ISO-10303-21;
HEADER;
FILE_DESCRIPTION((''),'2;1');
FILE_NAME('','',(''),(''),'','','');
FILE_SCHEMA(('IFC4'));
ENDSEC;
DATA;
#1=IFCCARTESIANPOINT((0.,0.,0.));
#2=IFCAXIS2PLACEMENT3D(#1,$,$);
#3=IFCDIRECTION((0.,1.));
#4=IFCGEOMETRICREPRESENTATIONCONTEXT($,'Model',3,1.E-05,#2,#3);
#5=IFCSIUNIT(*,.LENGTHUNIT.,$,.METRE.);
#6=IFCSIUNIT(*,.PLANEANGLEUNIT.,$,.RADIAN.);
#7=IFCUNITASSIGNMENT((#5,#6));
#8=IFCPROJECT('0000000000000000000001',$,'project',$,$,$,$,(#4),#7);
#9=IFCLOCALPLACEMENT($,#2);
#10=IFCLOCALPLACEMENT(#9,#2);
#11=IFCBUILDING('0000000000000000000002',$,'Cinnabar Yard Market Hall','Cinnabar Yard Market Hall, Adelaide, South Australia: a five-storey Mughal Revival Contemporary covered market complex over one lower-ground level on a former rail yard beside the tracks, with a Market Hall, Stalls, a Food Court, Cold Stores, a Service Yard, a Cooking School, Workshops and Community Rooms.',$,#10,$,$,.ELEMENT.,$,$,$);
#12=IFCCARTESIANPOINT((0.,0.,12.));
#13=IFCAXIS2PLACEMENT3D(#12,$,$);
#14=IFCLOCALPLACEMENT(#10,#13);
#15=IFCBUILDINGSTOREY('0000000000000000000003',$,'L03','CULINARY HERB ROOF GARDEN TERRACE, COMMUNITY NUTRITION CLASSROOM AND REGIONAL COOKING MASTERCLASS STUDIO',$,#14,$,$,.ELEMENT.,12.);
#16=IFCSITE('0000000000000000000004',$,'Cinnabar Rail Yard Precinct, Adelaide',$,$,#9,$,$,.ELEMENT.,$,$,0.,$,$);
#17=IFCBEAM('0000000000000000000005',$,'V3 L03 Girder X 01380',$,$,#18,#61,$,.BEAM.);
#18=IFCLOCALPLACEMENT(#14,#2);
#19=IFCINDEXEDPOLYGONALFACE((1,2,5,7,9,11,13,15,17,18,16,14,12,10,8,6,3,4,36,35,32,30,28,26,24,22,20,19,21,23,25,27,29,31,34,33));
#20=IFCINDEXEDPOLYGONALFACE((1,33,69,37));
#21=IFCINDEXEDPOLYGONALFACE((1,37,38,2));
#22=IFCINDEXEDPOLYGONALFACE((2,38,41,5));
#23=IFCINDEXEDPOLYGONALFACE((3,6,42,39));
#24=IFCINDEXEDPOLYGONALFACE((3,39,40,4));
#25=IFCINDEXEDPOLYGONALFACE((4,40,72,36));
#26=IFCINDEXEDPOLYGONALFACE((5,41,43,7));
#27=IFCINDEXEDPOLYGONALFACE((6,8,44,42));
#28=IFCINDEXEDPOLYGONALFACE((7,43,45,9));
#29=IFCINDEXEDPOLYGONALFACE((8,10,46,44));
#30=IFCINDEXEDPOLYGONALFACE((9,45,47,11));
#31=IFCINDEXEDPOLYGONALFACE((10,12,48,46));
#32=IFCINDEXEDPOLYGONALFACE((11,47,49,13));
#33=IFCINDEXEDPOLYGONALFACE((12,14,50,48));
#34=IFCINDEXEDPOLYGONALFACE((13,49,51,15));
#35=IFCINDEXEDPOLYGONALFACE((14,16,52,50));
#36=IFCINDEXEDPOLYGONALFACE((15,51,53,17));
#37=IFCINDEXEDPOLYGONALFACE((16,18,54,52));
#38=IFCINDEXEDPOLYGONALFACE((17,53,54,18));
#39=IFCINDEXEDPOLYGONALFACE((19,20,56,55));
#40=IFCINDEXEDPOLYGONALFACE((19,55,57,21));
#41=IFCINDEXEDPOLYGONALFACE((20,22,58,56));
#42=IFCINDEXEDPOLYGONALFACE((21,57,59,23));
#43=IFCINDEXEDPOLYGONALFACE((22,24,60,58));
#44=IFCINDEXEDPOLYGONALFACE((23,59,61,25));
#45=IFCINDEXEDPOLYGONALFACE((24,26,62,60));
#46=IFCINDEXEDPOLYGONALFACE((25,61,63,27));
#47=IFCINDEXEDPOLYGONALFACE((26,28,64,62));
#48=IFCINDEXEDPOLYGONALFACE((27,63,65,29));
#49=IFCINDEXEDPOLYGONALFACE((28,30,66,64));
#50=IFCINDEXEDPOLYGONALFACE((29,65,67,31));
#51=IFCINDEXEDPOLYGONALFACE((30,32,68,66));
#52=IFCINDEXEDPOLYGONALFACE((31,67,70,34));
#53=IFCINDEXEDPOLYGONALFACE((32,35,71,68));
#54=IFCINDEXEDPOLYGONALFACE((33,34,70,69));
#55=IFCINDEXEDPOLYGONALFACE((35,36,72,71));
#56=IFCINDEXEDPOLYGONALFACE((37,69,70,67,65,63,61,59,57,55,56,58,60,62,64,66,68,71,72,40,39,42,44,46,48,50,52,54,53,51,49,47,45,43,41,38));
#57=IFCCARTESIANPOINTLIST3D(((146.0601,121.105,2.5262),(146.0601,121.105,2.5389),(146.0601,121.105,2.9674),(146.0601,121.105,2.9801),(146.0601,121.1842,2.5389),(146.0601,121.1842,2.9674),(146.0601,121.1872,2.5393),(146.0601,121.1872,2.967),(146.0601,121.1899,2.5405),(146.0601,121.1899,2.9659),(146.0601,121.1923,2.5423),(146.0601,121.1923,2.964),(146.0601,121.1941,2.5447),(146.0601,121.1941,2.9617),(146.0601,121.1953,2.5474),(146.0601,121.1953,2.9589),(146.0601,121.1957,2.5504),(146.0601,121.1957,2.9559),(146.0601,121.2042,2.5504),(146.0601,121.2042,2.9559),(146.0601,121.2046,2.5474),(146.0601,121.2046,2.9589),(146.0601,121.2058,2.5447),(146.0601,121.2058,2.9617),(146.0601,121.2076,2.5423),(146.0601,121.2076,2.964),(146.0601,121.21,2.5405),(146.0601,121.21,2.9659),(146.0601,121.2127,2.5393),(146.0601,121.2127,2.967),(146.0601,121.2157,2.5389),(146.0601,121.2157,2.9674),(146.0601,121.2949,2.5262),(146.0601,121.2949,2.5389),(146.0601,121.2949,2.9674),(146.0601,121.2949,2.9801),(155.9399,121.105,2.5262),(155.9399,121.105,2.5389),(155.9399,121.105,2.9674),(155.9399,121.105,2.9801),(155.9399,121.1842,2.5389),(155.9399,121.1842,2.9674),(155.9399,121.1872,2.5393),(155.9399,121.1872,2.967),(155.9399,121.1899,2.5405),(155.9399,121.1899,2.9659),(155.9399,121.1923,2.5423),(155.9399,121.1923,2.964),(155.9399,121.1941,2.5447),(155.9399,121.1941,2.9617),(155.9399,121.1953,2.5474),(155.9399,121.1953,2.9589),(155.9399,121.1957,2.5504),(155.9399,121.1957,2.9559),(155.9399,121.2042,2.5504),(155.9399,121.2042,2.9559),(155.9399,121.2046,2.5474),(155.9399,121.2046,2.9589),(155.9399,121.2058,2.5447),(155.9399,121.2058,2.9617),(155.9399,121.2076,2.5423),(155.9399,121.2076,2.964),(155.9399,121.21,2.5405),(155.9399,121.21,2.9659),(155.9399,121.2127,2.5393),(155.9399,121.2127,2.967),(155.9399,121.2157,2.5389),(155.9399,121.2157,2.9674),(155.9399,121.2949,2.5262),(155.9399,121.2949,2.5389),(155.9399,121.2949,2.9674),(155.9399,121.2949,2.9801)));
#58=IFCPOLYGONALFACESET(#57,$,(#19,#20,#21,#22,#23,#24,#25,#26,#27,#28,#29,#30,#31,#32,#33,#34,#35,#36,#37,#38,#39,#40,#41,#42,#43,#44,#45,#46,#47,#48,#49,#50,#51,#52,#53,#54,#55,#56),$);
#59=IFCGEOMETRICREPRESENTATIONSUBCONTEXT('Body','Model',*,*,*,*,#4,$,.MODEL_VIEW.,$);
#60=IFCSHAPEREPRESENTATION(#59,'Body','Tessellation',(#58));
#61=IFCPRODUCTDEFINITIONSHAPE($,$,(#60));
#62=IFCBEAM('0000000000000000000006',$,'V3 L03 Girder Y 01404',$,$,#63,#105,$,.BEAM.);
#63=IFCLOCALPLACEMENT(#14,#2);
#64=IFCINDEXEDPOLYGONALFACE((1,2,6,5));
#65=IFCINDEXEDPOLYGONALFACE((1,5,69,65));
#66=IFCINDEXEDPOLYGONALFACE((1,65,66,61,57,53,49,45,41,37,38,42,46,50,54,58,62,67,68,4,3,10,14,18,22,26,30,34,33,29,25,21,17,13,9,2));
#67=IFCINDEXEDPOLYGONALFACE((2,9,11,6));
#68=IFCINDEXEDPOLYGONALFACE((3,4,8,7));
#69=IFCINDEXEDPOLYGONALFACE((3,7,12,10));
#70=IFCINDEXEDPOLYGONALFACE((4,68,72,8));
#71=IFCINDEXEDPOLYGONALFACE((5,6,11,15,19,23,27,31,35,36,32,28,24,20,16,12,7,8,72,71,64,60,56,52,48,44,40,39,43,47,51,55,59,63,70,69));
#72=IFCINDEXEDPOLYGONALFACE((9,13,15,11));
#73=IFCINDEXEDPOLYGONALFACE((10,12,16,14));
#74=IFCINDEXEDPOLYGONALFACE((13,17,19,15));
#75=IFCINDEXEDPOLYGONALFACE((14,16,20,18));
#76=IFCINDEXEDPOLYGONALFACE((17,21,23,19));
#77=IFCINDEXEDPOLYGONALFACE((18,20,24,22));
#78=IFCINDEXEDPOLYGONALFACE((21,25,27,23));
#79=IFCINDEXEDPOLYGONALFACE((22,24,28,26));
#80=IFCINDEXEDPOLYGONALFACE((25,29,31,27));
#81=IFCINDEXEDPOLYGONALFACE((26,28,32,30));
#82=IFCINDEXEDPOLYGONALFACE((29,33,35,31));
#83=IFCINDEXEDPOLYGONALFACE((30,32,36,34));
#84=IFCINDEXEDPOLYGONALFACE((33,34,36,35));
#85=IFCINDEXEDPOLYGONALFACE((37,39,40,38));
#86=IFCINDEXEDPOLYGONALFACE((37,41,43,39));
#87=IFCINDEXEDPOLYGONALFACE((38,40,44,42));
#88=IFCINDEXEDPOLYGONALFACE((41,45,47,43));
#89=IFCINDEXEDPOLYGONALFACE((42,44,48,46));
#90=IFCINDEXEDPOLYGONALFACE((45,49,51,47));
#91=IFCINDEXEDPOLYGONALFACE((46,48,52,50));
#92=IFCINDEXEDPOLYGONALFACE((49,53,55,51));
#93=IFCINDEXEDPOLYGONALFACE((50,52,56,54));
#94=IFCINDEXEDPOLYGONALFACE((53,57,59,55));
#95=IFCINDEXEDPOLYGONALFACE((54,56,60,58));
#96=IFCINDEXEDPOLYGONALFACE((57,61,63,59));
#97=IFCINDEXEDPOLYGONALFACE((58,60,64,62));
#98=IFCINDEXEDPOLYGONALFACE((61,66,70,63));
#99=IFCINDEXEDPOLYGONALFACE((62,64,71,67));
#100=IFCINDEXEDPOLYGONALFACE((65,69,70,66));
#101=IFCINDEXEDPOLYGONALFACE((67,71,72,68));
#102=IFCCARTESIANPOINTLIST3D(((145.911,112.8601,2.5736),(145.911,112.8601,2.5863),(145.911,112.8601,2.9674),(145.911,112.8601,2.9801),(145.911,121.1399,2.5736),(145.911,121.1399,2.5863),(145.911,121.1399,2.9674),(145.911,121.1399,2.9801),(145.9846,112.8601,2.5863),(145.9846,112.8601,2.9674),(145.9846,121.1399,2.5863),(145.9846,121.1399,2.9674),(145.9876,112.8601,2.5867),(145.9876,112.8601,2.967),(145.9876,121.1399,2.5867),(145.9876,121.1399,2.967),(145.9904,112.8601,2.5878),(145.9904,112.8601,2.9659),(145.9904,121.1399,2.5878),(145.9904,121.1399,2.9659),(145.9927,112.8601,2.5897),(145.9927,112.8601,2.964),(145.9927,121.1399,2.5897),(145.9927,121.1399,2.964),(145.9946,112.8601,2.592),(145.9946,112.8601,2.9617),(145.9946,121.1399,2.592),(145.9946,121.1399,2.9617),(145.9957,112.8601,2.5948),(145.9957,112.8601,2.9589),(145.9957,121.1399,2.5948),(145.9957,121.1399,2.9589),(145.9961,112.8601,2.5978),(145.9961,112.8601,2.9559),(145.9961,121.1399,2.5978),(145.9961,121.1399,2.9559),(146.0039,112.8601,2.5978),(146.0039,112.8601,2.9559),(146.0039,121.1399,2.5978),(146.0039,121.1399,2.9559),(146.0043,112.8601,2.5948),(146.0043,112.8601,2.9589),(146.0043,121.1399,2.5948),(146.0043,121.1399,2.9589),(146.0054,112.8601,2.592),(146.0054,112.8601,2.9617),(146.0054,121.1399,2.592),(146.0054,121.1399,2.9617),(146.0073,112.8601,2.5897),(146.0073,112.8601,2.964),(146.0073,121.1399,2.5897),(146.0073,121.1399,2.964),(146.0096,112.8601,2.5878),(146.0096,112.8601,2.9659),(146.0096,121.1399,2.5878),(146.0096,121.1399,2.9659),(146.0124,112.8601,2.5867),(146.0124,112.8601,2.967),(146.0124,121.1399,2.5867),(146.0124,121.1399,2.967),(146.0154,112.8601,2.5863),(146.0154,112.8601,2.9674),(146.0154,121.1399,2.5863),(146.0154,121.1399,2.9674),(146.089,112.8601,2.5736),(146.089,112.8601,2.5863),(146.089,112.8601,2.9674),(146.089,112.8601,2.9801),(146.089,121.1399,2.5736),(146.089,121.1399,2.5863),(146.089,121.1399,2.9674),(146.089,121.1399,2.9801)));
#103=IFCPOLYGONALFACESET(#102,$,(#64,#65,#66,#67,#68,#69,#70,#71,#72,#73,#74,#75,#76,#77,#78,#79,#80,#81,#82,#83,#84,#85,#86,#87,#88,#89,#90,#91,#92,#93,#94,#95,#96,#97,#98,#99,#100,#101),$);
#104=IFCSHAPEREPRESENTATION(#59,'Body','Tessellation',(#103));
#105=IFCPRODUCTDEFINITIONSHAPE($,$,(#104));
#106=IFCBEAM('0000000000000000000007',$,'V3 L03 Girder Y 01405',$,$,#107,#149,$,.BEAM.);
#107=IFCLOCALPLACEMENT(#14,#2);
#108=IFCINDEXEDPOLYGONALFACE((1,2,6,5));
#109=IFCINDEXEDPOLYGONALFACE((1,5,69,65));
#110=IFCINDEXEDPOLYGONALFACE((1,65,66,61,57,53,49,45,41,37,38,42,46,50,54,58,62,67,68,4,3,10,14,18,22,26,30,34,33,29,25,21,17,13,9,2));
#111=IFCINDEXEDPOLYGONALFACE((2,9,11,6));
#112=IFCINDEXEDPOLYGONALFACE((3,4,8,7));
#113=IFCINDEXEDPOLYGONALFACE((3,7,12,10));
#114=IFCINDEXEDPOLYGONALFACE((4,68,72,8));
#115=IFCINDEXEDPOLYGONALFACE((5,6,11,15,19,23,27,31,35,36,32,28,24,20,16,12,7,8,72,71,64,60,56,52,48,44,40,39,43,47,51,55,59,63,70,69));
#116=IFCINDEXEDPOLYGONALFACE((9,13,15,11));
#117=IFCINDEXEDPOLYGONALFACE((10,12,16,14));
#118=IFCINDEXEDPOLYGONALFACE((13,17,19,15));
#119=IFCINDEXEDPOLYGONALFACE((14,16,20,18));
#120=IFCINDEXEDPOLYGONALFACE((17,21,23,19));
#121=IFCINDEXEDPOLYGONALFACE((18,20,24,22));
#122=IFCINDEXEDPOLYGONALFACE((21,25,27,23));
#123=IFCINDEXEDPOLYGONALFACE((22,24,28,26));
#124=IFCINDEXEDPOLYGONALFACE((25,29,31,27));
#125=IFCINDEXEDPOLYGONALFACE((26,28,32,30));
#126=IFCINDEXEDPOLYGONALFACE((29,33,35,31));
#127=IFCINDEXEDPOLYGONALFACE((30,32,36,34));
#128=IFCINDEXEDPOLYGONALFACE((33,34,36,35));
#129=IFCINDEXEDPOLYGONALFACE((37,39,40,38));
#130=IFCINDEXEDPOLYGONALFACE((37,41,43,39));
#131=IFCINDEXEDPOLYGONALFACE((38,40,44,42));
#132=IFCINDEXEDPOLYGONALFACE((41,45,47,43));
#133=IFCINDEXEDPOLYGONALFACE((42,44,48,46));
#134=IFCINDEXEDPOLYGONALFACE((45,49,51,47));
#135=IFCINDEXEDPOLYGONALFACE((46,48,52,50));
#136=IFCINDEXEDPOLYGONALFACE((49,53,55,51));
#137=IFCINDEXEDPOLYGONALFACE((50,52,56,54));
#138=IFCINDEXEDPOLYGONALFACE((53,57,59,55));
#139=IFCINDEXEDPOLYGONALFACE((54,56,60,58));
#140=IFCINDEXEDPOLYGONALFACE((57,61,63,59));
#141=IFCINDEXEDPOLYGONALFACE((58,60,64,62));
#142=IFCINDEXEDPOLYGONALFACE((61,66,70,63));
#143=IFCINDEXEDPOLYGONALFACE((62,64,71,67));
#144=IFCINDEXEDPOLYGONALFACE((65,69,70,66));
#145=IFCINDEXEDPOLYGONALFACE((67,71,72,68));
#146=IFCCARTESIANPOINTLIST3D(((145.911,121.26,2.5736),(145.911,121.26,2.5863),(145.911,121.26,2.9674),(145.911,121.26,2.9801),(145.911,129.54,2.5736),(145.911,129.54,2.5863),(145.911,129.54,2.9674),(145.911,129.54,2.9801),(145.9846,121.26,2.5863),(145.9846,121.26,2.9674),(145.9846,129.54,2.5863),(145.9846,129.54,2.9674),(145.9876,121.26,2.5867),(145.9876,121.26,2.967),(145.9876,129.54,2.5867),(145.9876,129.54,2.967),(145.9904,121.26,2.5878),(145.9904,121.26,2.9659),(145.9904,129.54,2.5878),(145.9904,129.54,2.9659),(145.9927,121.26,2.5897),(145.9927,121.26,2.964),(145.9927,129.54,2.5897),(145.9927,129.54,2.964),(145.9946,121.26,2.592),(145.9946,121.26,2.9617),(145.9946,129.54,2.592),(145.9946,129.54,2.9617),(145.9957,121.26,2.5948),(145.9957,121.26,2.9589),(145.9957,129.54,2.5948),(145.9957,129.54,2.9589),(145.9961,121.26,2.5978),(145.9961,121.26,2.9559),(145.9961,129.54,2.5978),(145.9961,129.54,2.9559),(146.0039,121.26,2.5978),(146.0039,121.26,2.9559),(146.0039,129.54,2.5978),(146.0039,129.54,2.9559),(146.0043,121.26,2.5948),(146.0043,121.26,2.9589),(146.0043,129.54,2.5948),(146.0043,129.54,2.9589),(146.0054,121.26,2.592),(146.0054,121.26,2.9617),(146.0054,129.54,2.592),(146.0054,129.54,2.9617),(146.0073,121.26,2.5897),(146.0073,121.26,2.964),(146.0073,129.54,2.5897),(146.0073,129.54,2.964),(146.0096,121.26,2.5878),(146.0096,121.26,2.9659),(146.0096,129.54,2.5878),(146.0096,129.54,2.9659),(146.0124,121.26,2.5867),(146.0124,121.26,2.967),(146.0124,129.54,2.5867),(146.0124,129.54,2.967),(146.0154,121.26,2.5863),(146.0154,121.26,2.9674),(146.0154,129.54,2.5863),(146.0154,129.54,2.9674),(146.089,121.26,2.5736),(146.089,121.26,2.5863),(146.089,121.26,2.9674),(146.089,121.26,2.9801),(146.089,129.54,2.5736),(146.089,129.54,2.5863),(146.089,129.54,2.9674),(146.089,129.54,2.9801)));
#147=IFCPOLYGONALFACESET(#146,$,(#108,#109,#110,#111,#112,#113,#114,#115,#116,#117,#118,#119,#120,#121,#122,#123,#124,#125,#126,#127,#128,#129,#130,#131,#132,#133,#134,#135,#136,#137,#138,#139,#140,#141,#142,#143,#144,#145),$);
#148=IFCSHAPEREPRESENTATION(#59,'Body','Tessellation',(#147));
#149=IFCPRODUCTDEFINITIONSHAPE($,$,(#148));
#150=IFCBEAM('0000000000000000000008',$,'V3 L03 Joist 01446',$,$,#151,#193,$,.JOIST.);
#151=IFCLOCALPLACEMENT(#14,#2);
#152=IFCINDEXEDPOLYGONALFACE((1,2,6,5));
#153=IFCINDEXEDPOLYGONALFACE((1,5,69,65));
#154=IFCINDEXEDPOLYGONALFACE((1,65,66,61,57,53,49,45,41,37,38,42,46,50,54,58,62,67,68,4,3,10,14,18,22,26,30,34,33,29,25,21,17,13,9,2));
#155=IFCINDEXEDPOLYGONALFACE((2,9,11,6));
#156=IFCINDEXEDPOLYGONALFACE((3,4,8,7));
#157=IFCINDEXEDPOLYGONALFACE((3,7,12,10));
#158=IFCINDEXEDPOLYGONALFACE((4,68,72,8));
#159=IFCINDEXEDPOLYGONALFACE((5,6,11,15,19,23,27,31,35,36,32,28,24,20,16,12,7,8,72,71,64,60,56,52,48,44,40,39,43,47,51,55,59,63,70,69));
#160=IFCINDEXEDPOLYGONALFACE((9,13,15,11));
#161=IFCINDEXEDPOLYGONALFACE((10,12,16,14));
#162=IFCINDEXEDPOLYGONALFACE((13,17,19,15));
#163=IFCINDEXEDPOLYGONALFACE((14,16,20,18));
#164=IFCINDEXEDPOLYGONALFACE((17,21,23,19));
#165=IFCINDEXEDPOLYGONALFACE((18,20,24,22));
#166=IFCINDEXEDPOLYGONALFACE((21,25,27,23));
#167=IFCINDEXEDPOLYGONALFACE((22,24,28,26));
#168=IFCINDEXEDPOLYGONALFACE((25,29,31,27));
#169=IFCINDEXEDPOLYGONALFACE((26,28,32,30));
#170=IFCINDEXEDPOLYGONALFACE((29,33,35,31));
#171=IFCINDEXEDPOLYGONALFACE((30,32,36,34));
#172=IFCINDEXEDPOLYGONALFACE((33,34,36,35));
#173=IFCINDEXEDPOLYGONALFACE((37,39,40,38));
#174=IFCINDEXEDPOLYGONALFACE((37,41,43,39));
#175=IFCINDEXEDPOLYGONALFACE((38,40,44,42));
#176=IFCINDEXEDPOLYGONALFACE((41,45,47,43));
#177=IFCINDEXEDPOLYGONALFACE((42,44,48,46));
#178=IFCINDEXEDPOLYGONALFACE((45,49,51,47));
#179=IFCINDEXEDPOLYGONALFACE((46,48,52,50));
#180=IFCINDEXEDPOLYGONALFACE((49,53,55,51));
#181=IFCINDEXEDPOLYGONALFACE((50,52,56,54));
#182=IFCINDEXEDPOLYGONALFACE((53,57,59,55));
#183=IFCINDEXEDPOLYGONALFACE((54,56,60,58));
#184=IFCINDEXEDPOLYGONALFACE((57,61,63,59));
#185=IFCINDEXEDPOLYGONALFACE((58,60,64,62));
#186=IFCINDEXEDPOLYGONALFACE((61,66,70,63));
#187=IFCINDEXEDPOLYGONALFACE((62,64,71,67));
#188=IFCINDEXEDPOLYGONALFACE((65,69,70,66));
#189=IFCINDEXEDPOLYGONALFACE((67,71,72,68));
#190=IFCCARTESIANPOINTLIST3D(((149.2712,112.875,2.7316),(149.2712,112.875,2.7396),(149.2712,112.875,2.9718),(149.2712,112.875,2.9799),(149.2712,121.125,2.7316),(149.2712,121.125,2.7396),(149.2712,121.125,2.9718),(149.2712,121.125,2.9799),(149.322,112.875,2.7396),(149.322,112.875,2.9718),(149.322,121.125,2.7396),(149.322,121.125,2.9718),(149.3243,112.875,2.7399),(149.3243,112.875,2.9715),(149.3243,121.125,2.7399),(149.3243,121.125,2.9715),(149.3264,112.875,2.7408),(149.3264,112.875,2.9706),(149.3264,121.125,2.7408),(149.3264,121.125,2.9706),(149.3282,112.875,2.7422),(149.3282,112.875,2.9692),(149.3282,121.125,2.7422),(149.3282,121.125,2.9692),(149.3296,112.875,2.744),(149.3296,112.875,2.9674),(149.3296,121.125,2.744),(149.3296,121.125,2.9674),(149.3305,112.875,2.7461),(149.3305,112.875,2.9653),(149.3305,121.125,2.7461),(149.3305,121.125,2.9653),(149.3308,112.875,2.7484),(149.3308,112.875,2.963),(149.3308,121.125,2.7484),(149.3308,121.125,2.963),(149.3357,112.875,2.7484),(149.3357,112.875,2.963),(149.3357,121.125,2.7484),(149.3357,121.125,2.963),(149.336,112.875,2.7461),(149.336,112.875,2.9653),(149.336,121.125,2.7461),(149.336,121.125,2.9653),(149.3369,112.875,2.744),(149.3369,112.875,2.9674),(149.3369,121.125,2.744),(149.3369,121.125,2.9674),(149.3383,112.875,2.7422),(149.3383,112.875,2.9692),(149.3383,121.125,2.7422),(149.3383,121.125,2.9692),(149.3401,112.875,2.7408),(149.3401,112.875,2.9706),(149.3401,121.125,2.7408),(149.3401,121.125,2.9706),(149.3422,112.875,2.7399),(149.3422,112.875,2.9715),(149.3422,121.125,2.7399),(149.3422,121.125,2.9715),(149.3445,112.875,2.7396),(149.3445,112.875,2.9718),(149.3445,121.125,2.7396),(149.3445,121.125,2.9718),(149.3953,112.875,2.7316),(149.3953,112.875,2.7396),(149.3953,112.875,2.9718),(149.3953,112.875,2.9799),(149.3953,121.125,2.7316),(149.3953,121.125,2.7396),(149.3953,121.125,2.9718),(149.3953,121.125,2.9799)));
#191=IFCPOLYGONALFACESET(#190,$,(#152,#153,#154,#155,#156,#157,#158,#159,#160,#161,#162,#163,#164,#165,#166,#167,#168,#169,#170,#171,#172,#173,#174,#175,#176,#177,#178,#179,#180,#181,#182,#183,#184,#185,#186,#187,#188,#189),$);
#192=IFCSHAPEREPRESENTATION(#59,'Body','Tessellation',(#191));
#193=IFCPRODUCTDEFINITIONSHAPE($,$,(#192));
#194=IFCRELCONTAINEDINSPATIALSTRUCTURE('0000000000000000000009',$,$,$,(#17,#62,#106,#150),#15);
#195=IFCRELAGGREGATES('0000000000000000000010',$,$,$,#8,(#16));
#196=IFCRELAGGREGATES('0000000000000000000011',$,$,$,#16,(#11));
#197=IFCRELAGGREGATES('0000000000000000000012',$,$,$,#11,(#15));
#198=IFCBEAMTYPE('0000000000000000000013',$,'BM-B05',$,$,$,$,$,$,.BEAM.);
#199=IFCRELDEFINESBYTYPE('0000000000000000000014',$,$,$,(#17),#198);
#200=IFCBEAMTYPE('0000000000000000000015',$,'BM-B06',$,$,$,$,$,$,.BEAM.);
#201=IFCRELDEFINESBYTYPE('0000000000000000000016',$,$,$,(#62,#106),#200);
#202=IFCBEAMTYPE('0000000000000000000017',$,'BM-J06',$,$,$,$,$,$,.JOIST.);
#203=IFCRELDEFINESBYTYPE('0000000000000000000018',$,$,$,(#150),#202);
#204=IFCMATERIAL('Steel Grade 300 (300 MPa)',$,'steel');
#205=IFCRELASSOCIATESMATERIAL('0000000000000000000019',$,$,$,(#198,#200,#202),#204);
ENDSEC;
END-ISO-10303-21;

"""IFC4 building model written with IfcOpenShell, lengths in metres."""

from ifc_helpers import new_model, si_unit, direction, frame, origin, origin_2d_with_axis, place, context, subcontext, project, spatial, i_section, extrude, material, material_profile, profile_set, type_object, element, save


model = new_model("IFC4")

# Units and contexts
model_context = context("Model", 3, precision=1e-05, world=origin(), true_north=direction((0.0, 1.0)))
body_context = subcontext(model_context, "Body", "Model", "MODEL_VIEW")
ifc_project = project(units=[si_unit("LENGTHUNIT", "METRE"), si_unit("PLANEANGLEUNIT", "RADIAN")], contexts=[model_context])

# Site, building, storey
site_placement = place(None, origin())
site = spatial("IfcSite", under=ifc_project, at=site_placement, Name="Cinnabar Rail Yard Precinct, Adelaide", CompositionType="ELEMENT", RefElevation=0.0)
building_placement = place(site_placement, origin())
building = spatial("IfcBuilding", under=site, at=building_placement, Name="Cinnabar Yard Market Hall", Description="Cinnabar Yard Market Hall, Adelaide, South Australia: a five-storey Mughal Revival Contemporary covered market complex over one lower-ground level on a former rail yard beside the tracks, with a Market Hall, Stalls, a Food Court, Cold Stores, a Service Yard, a Cooking School, Workshops and Community Rooms.", CompositionType="ELEMENT")
storey_placement = place(building_placement, frame((0.0, 0.0, 12.0)))
storey = spatial("IfcBuildingStorey", under=building, at=storey_placement, Name="L03", Description="CULINARY HERB ROOF GARDEN TERRACE, COMMUNITY NUTRITION CLASSROOM AND REGIONAL COOKING MASTERCLASS STUDIO", CompositionType="ELEMENT", Elevation=12.0)

# Shared definitions
ifc_material_1 = material(Name="Steel Grade 300 (300 MPa)", Category="steel")

# Beams
ifc_material_profile_1 = material_profile(ifc_material_1, i_section(OverallWidth=0.1899, OverallDepth=0.4539, WebThickness=0.0085, FlangeThickness=0.0127, FilletRadius=0.0115, at=origin_2d_with_axis()), Name="460UB67.1")
ifc_profile_set_1 = profile_set([ifc_material_profile_1], Name="Steel Grade 300 (300 MPa)")
beam_type_1 = type_object("IfcBeamType", Name="BM-B05", PredefinedType="BEAM", material=ifc_profile_set_1)
beam_1_placement = place(storey_placement, frame((146.0601, 121.2, 2.7532), z_axis=(1.0, 0.0, 0.0), x_axis=(0.0, 1.0, 0.0)))
element("IfcBeam", 1, at=beam_1_placement, inside=storey, type_object=beam_type_1, Name="V3 L03 Girder X 01380", PredefinedType="BEAM", context=body_context, shape_type="SweptSolid", body=[
    extrude(i_section(OverallWidth=0.1899, OverallDepth=0.4539, WebThickness=0.0085, FlangeThickness=0.0127, FilletRadius=0.0115, at=origin_2d_with_axis()), origin(), (0.0, 0.0, 1.0), 9.8799),
])
ifc_material_profile_2 = material_profile(ifc_material_1, i_section(OverallWidth=0.178, OverallDepth=0.4065, WebThickness=0.0078, FlangeThickness=0.0127, FilletRadius=0.0115, at=origin_2d_with_axis()), Name="410UB59.7")
ifc_profile_set_2 = profile_set([ifc_material_profile_2], Name="Steel Grade 300 (300 MPa)")
beam_type_2 = type_object("IfcBeamType", Name="BM-B06", PredefinedType="BEAM", material=ifc_profile_set_2)
beam_2_placement = place(storey_placement, frame((146.0, 112.8601, 2.7769), z_axis=(0.0, 1.0, 0.0), x_axis=(-1.0, 0.0, 0.0)))
element("IfcBeam", 2, at=beam_2_placement, inside=storey, type_object=beam_type_2, Name="V3 L03 Girder Y 01404", PredefinedType="BEAM", context=body_context, shape_type="SweptSolid", body=[
    extrude(i_section(OverallWidth=0.178, OverallDepth=0.4065, WebThickness=0.0078, FlangeThickness=0.0127, FilletRadius=0.0115, at=origin_2d_with_axis()), origin(), (0.0, 0.0, 1.0), 8.2798),
])
beam_3_placement = place(storey_placement, frame((146.0, 121.26, 2.7769), z_axis=(0.0, 1.0, 0.0), x_axis=(-1.0, 0.0, 0.0)))
element("IfcBeam", 3, at=beam_3_placement, inside=storey, type_object=beam_type_2, Name="V3 L03 Girder Y 01405", PredefinedType="BEAM", context=body_context, shape_type="SweptSolid", body=[
    extrude(i_section(OverallWidth=0.178, OverallDepth=0.4065, WebThickness=0.0078, FlangeThickness=0.0127, FilletRadius=0.0115, at=origin_2d_with_axis()), origin(), (0.0, 0.0, 1.0), 8.28),
])
ifc_material_profile_3 = material_profile(ifc_material_1, i_section(OverallWidth=0.124, OverallDepth=0.2483, WebThickness=0.0049, FlangeThickness=0.0081, FilletRadius=0.0088, at=origin_2d_with_axis()), Name="250UB25.7")
ifc_profile_set_3 = profile_set([ifc_material_profile_3], Name="Steel Grade 300 (300 MPa)")
beam_type_3 = type_object("IfcBeamType", Name="BM-J06", PredefinedType="JOIST", material=ifc_profile_set_3)
for number, where, z_axis, x_axis, name in (
    (4, (149.3333, 112.875, 2.8557), (0.0, 1.0, 0.0), (-1.0, 0.0, 0.0), "V3 L03 Joist 01446"),
):
    element("IfcBeam", number, at=place(storey_placement, frame(where, z_axis=z_axis, x_axis=x_axis)), inside=storey, type_object=beam_type_3, Name=name, PredefinedType="JOIST", context=body_context, shape_type="SweptSolid", body=[
        extrude(i_section(OverallWidth=0.124, OverallDepth=0.2483, WebThickness=0.0049, FlangeThickness=0.0081, FilletRadius=0.0088, at=origin_2d_with_axis()), origin(), (0.0, 0.0, 1.0), 8.25),
    ])

save(model, "model.ifc")
